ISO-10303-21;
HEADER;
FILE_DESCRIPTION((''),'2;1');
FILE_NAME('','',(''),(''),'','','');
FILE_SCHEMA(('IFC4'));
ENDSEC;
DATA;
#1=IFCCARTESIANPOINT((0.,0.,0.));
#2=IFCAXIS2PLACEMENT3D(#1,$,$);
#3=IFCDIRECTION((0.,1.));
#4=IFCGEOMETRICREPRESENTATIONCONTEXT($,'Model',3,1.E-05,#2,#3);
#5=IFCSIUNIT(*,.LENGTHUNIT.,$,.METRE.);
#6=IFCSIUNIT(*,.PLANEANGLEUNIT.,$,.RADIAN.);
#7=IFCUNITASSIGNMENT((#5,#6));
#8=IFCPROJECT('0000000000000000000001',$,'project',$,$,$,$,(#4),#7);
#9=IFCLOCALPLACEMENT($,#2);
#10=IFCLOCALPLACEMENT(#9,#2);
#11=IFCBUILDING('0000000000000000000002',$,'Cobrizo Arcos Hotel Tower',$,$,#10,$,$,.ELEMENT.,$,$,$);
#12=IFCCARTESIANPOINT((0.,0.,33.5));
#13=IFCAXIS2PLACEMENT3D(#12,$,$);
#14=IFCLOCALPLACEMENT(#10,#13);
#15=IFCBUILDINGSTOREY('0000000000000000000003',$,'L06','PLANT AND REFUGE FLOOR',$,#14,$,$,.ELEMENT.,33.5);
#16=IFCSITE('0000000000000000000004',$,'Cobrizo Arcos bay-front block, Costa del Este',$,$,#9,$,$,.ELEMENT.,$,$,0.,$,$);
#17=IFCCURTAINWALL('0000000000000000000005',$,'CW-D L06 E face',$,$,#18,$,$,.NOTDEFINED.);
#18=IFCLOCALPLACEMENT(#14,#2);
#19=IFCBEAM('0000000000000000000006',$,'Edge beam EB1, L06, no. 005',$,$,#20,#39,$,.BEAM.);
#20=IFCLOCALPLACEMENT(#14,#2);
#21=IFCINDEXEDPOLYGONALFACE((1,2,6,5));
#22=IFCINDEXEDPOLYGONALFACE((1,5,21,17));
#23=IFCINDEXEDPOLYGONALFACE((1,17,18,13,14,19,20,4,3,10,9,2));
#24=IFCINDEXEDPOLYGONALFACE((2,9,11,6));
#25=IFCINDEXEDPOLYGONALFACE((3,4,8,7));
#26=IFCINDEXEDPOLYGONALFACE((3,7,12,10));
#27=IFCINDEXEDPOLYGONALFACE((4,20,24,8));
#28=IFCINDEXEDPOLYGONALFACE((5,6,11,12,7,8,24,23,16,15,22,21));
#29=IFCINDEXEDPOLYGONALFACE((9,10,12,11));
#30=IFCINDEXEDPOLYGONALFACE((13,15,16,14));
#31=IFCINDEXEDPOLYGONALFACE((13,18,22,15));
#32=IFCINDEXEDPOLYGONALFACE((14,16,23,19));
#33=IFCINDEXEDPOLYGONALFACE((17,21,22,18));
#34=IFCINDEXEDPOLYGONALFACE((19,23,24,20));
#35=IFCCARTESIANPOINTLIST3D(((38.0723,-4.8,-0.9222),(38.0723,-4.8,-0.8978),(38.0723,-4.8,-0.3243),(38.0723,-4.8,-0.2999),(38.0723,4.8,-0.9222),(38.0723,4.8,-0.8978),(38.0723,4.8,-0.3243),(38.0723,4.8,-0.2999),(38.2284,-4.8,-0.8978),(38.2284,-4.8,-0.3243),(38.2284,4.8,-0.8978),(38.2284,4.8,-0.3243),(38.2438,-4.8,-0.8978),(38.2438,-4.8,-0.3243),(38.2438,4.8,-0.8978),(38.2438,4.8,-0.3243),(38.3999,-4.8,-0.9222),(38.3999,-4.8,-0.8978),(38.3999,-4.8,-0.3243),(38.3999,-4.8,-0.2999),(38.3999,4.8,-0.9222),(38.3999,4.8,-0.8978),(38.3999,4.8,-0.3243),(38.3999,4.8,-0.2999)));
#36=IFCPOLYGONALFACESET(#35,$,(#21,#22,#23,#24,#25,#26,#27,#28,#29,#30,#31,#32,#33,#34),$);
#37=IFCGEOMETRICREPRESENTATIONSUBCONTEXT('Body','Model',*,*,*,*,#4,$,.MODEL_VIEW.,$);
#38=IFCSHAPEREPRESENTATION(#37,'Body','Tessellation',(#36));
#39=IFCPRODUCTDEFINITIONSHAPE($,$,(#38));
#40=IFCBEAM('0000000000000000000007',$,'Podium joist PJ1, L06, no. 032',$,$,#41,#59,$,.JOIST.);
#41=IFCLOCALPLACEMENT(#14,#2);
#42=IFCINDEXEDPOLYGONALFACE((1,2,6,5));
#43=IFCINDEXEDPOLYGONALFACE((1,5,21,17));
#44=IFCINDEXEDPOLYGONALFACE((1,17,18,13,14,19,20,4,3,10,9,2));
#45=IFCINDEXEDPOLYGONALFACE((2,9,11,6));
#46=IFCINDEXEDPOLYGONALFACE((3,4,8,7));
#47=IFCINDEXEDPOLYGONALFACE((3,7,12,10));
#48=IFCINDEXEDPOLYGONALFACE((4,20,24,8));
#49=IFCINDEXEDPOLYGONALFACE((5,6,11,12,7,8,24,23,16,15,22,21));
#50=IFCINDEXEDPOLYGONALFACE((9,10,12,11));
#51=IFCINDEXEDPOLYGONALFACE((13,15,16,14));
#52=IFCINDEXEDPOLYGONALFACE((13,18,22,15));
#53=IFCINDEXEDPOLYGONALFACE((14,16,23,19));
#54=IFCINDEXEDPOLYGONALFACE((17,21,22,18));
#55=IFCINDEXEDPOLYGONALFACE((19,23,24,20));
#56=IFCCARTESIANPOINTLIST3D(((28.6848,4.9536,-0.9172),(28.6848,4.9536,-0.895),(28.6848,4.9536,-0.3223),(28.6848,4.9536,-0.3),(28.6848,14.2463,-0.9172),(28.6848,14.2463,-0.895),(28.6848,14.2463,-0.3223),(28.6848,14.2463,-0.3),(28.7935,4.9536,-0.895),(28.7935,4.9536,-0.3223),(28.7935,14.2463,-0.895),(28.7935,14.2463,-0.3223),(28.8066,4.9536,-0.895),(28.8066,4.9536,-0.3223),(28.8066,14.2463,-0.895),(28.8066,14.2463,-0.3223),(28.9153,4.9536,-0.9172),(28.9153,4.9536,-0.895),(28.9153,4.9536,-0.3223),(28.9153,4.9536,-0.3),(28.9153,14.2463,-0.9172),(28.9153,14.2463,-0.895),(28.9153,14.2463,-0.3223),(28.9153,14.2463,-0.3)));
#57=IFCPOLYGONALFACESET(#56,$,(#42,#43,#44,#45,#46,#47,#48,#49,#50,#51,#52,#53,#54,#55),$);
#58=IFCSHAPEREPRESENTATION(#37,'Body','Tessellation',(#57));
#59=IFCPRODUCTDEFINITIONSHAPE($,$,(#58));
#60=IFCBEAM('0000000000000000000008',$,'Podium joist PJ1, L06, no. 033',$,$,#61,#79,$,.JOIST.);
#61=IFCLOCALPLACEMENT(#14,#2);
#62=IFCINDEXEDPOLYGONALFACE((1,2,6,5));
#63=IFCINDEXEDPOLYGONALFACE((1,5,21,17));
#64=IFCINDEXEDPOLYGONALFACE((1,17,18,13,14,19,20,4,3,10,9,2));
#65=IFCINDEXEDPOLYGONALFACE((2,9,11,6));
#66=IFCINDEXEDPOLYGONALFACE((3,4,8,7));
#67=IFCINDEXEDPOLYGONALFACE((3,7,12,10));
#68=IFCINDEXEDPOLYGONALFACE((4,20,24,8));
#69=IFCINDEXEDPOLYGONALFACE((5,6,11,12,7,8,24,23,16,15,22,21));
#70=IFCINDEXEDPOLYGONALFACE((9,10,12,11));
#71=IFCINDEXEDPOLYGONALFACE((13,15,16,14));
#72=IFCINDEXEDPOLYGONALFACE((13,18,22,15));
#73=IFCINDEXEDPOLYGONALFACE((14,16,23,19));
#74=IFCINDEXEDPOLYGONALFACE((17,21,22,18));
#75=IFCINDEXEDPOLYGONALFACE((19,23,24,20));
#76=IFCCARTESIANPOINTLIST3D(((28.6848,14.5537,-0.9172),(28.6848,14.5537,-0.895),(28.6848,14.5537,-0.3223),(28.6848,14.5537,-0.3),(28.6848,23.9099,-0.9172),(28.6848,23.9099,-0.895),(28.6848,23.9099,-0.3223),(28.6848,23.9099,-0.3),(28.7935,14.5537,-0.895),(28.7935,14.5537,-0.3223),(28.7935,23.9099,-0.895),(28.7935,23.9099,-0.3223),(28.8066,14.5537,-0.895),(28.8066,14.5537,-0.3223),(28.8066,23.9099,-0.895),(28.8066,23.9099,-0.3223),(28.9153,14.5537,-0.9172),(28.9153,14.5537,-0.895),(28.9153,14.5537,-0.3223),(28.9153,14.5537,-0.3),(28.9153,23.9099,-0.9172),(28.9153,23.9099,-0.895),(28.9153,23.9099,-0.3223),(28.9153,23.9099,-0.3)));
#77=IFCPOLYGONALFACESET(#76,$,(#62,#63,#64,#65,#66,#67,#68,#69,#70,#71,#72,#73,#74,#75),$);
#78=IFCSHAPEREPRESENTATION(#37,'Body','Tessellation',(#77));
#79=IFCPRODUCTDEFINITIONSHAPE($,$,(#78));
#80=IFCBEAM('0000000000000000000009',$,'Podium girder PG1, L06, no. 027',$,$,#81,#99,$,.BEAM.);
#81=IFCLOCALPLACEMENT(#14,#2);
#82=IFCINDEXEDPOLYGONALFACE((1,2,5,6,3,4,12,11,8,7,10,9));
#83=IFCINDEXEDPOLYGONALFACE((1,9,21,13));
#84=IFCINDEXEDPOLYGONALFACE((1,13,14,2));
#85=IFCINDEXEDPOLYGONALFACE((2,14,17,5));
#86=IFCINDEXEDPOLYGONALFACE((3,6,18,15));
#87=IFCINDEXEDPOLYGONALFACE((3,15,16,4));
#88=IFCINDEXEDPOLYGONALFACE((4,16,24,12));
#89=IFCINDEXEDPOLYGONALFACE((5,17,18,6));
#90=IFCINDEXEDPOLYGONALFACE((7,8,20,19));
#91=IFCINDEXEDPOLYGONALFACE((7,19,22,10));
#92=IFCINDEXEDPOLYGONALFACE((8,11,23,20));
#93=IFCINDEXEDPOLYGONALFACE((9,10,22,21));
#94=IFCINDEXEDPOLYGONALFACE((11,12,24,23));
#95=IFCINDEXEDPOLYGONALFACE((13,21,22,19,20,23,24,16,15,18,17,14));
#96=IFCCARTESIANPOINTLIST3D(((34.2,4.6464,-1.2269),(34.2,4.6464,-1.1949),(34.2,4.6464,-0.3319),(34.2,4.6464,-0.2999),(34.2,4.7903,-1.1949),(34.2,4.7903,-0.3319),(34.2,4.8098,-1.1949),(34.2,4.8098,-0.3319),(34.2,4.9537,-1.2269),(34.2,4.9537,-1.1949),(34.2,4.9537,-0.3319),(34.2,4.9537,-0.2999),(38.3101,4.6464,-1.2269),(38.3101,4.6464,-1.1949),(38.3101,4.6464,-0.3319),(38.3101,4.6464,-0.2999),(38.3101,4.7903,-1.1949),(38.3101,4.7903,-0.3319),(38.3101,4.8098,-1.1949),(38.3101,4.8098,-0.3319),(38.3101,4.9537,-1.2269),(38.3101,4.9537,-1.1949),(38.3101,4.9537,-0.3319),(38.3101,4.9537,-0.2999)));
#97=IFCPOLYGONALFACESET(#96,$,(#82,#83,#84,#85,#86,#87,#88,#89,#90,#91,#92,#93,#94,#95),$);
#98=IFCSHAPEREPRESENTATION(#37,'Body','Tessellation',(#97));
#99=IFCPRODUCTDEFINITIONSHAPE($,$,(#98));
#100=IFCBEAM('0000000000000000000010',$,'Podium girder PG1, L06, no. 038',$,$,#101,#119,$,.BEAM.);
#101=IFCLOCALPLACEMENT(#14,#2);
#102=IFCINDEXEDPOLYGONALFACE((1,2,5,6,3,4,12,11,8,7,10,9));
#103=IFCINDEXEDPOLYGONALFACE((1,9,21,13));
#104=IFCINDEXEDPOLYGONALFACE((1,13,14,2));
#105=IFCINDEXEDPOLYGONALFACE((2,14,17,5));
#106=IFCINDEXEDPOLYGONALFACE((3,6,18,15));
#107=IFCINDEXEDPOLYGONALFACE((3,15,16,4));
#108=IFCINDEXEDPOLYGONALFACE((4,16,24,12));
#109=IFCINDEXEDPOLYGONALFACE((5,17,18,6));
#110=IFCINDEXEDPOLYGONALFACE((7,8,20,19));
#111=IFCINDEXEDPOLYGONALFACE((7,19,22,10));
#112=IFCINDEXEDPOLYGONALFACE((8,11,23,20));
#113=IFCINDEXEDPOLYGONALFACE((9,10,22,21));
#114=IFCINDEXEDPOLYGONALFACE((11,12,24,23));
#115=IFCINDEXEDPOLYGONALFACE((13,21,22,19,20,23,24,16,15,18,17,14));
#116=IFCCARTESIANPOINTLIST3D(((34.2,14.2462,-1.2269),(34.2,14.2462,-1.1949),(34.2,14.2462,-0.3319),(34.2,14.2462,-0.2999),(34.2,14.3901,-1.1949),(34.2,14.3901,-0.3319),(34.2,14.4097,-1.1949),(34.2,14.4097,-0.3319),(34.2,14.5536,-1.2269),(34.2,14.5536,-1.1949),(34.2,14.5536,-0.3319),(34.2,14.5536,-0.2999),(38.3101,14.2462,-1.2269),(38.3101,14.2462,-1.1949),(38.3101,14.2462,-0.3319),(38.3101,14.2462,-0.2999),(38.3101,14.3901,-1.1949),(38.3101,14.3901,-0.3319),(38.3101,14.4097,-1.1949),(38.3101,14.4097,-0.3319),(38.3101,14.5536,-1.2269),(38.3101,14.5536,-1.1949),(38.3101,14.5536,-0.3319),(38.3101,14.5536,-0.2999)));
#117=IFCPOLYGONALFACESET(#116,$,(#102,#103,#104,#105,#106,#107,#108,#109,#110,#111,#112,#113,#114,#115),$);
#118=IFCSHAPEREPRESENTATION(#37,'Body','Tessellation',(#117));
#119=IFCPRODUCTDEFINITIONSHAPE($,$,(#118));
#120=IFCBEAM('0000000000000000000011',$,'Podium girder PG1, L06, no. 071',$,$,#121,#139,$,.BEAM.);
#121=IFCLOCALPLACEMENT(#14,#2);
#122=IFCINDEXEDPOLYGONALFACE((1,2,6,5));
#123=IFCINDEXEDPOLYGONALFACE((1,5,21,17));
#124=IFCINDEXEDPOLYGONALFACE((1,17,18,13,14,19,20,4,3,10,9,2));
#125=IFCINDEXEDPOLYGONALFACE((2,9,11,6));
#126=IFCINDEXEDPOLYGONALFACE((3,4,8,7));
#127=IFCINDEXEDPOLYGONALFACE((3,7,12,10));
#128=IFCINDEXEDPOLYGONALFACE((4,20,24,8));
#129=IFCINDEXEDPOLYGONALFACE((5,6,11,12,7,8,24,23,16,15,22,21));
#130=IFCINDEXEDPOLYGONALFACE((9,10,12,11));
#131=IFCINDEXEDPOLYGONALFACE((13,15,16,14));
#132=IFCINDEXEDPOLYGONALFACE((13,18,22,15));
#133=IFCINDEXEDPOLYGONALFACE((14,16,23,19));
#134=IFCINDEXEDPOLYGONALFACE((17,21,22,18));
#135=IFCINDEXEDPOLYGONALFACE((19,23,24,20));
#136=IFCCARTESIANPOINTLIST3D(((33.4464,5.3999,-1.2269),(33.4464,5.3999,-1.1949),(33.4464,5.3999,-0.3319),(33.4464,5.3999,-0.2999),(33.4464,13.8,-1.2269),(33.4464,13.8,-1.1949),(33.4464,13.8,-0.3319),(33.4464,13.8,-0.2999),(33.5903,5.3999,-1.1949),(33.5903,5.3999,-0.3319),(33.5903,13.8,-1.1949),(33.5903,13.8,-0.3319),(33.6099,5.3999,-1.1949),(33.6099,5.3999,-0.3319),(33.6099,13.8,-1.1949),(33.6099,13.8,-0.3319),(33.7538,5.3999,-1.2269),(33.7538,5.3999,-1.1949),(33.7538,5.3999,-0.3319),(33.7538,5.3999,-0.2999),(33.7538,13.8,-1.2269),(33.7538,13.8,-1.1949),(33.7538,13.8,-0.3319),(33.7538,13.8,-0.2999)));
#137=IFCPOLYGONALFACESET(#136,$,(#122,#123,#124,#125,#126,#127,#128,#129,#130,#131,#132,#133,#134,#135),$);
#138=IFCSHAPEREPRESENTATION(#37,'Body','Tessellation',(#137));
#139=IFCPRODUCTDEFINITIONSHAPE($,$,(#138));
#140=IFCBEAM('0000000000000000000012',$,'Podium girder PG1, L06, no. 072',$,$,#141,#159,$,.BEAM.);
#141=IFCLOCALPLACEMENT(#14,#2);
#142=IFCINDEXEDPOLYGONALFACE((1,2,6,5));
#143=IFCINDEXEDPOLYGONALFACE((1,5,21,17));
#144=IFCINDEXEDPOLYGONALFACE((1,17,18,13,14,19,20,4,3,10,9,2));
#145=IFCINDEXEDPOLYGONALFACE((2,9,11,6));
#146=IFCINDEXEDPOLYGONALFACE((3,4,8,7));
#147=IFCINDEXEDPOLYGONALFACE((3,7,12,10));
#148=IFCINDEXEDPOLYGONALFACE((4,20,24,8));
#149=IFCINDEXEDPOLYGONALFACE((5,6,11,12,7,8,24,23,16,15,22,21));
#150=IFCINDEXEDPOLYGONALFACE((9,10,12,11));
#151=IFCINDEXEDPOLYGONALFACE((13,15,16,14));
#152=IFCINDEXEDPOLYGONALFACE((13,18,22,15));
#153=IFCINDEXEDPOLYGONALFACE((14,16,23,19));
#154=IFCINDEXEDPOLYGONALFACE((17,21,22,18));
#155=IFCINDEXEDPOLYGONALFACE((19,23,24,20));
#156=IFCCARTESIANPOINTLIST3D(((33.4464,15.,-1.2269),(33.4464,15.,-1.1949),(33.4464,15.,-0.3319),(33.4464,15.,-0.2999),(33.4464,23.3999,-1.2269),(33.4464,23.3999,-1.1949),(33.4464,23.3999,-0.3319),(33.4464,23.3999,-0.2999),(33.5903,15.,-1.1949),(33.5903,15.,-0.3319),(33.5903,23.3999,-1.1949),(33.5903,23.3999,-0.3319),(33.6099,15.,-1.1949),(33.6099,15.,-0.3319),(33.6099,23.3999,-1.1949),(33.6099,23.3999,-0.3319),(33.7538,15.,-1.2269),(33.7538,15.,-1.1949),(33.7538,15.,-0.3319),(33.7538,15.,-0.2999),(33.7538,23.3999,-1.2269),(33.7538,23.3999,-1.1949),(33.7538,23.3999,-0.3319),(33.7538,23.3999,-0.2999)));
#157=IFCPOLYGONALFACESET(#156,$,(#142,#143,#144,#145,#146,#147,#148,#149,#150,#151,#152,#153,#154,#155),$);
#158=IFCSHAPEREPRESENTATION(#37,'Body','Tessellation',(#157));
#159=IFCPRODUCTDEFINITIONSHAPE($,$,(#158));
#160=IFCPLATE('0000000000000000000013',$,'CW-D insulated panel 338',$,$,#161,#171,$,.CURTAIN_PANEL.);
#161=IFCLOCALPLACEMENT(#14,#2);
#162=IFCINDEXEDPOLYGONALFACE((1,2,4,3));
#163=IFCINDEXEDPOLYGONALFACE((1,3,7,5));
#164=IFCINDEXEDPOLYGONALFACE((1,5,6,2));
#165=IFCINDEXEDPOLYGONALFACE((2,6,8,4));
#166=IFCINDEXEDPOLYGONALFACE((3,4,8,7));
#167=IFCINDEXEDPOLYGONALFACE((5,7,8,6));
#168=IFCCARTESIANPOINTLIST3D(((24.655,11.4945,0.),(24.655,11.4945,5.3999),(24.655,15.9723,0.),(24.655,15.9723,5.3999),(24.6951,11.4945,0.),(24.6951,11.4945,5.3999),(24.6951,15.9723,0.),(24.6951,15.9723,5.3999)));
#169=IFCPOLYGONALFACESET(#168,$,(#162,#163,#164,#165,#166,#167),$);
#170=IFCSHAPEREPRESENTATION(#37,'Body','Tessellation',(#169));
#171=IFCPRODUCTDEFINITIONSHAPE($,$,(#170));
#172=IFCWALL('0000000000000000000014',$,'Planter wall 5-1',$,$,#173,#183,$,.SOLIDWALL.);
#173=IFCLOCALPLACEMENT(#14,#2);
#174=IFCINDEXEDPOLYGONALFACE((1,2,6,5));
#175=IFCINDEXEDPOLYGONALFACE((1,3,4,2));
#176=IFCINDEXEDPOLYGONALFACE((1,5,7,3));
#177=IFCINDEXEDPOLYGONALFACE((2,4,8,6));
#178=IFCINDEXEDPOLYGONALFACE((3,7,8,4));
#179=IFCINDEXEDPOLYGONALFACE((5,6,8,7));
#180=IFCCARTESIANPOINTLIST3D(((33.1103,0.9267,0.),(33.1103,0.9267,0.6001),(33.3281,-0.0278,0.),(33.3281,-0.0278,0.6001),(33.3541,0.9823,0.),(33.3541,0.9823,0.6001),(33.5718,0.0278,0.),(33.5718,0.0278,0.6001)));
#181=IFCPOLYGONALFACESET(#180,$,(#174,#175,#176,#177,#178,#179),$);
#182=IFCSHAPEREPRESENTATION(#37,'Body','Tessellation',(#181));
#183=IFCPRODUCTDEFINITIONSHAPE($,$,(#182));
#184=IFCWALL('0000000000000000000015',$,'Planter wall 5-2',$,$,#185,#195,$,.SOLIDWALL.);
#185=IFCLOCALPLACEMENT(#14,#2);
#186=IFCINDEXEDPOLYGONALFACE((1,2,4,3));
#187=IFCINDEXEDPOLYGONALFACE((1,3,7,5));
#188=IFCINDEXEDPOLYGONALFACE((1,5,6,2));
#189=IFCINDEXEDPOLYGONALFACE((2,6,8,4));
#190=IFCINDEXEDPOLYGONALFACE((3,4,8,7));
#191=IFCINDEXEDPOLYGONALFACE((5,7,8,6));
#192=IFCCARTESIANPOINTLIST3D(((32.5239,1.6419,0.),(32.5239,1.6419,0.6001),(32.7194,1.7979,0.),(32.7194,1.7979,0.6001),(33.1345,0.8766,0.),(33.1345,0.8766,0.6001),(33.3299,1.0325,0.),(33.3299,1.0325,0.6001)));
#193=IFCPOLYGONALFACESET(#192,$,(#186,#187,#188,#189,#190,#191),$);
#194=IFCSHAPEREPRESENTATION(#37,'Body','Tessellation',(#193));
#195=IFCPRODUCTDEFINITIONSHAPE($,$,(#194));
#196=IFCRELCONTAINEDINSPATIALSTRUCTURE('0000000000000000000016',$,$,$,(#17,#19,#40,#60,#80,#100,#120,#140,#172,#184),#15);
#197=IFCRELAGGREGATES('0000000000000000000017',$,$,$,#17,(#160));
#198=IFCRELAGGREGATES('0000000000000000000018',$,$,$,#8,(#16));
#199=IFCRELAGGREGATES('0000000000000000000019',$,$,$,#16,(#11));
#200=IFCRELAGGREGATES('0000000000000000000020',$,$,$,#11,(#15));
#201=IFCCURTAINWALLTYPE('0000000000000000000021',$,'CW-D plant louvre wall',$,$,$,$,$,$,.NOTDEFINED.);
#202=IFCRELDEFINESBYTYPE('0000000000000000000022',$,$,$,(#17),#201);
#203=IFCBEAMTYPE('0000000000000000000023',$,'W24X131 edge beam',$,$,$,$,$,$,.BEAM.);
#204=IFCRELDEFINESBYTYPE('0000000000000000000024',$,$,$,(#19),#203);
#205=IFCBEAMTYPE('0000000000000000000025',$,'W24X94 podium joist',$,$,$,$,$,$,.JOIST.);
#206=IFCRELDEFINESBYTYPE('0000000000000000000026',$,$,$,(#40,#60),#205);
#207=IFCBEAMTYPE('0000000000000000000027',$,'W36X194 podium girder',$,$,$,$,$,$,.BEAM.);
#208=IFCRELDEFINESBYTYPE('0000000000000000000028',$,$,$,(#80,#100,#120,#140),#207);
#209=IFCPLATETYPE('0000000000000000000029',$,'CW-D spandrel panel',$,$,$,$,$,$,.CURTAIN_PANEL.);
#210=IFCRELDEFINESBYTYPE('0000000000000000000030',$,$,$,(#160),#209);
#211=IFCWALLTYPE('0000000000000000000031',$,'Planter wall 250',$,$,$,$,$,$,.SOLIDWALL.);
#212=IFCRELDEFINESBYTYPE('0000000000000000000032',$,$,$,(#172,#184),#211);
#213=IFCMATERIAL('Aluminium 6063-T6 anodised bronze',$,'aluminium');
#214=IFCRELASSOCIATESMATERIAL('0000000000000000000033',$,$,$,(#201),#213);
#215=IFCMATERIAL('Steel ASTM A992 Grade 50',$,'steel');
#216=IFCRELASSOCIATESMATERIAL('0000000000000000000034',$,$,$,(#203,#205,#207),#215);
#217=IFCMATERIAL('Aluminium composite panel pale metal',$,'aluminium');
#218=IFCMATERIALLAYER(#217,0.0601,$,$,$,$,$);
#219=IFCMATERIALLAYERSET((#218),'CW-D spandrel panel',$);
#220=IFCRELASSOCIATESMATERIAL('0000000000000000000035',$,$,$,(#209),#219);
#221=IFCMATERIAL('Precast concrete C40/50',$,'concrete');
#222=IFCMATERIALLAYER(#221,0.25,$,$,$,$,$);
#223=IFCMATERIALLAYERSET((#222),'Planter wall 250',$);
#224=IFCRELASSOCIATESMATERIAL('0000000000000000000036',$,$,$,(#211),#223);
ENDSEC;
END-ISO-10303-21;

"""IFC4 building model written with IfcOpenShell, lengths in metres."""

from ifc_helpers import new_model, si_unit, direction, frame, frame_2d, origin, origin_2d, place, context, subcontext, project, spatial, rectangle, i_section, extrude, material, layer, layer_set, material_profile, profile_set, type_object, element, aggregate, save


model = new_model("IFC4")

# Units and contexts
model_context = context("Model", 3, precision=1e-05, world=origin(), true_north=direction((0.0, 1.0)))
body_context = subcontext(model_context, "Body", "Model", "MODEL_VIEW")
ifc_project = project(units=[si_unit("LENGTHUNIT", "METRE"), si_unit("PLANEANGLEUNIT", "RADIAN")], contexts=[model_context])

# Site, building, storey
site_placement = place(None, origin())
site = spatial("IfcSite", under=ifc_project, at=site_placement, Name="Cobrizo Arcos bay-front block, Costa del Este", CompositionType="ELEMENT", RefElevation=0.0)
building_placement = place(site_placement, origin())
building = spatial("IfcBuilding", under=site, at=building_placement, Name="Cobrizo Arcos Hotel Tower", CompositionType="ELEMENT")
storey_placement = place(building_placement, frame((0.0, 0.0, 33.5)))
storey = spatial("IfcBuildingStorey", under=building, at=storey_placement, Name="L06", Description="PLANT AND REFUGE FLOOR", CompositionType="ELEMENT", Elevation=33.5)

# Curtain wall
ifc_material_1 = material(Name="Aluminium 6063-T6 anodised bronze", Category="aluminium")
curtain_wall_type = type_object("IfcCurtainWallType", Name="CW-D plant louvre wall", PredefinedType="NOTDEFINED", material=ifc_material_1)
curtain_wall_placement = place(storey_placement, origin())
curtain_wall = element("IfcCurtainWall", 1, at=curtain_wall_placement, inside=storey, type_object=curtain_wall_type, Name="CW-D L06 E face", PredefinedType="NOTDEFINED")

# Beams
ifc_material_2 = material(Name="Steel ASTM A992 Grade 50", Category="steel")
ifc_material_profile_1 = material_profile(ifc_material_2, i_section(OverallWidth=0.3276, OverallDepth=0.6223, WebThickness=0.0154, FlangeThickness=0.0244, at=origin_2d()), Name="W24X131")
ifc_profile_set_1 = profile_set([ifc_material_profile_1], Name="Steel ASTM A992 Grade 50")
beam_type_1 = type_object("IfcBeamType", Name="W24X131 edge beam", PredefinedType="BEAM", material=ifc_profile_set_1)
beam_1_placement = place(storey_placement, frame((38.2361, 4.8, -0.6111), z_axis=(0.0, -1.0, 0.0), x_axis=(1.0, 0.0, 0.0)))
element("IfcBeam", 2, at=beam_1_placement, inside=storey, type_object=beam_type_1, Name="Edge beam EB1, L06, no. 005", PredefinedType="BEAM", context=body_context, shape_type="SweptSolid", body=[
    extrude(i_section(OverallWidth=0.3276, OverallDepth=0.6223, WebThickness=0.0154, FlangeThickness=0.0244, at=origin_2d()), origin(), (0.0, 0.0, 1.0), 9.6001),
])
ifc_material_profile_2 = material_profile(ifc_material_2, i_section(OverallWidth=0.2305, OverallDepth=0.6172, WebThickness=0.0132, FlangeThickness=0.0222, at=origin_2d()), Name="W24X94")
ifc_profile_set_2 = profile_set([ifc_material_profile_2], Name="Steel ASTM A992 Grade 50")
beam_type_2 = type_object("IfcBeamType", Name="W24X94 podium joist", PredefinedType="JOIST", material=ifc_profile_set_2)
beam_2_placement = place(storey_placement, frame((28.8, 4.9536, -0.6086), z_axis=(0.0, 1.0, 0.0), x_axis=(-1.0, 0.0, 0.0)))
element("IfcBeam", 3, at=beam_2_placement, inside=storey, type_object=beam_type_2, Name="Podium joist PJ1, L06, no. 032", PredefinedType="JOIST", context=body_context, shape_type="SweptSolid", body=[
    extrude(i_section(OverallWidth=0.2305, OverallDepth=0.6172, WebThickness=0.0132, FlangeThickness=0.0222, at=origin_2d()), origin(), (0.0, 0.0, 1.0), 9.2927),
])
beam_3_placement = place(storey_placement, frame((28.8, 14.5537, -0.6086), z_axis=(0.0, 1.0, 0.0), x_axis=(-1.0, 0.0, 0.0)))
element("IfcBeam", 4, at=beam_3_placement, inside=storey, type_object=beam_type_2, Name="Podium joist PJ1, L06, no. 033", PredefinedType="JOIST", context=body_context, shape_type="SweptSolid", body=[
    extrude(i_section(OverallWidth=0.2305, OverallDepth=0.6172, WebThickness=0.0132, FlangeThickness=0.0222, at=origin_2d()), origin(), (0.0, 0.0, 1.0), 9.3562),
])
ifc_material_profile_3 = material_profile(ifc_material_2, i_section(OverallWidth=0.3074, OverallDepth=0.927, WebThickness=0.0195, FlangeThickness=0.032, at=origin_2d()), Name="W36X194")
ifc_profile_set_3 = profile_set([ifc_material_profile_3], Name="Steel ASTM A992 Grade 50")
beam_type_3 = type_object("IfcBeamType", Name="W36X194 podium girder", PredefinedType="BEAM", material=ifc_profile_set_3)
for number, where, z_axis, x_axis, name in (
    (5, (34.2, 4.8, -0.7634), (1.0, 0.0, 0.0), (0.0, 1.0, 0.0), "Podium girder PG1, L06, no. 027"),
    (6, (34.2, 14.3999, -0.7634), (1.0, 0.0, 0.0), (0.0, 1.0, 0.0), "Podium girder PG1, L06, no. 038"),
):
    element("IfcBeam", number, at=place(storey_placement, frame(where, z_axis=z_axis, x_axis=x_axis)), inside=storey, type_object=beam_type_3, Name=name, PredefinedType="BEAM", context=body_context, shape_type="SweptSolid", body=[
        extrude(i_section(OverallWidth=0.3074, OverallDepth=0.927, WebThickness=0.0195, FlangeThickness=0.032, at=origin_2d()), origin(), (0.0, 0.0, 1.0), 4.1101),
    ])
beam_4_placement = place(storey_placement, frame((33.6001, 5.3999, -0.7634), z_axis=(0.0, 1.0, 0.0), x_axis=(-1.0, 0.0, 0.0)))
element("IfcBeam", 7, at=beam_4_placement, inside=storey, type_object=beam_type_3, Name="Podium girder PG1, L06, no. 071", PredefinedType="BEAM", context=body_context, shape_type="SweptSolid", body=[
    extrude(i_section(OverallWidth=0.3074, OverallDepth=0.927, WebThickness=0.0195, FlangeThickness=0.032, at=origin_2d()), origin(), (0.0, 0.0, 1.0), 8.4001),
])
beam_5_placement = place(storey_placement, frame((33.6001, 15.0, -0.7634), z_axis=(0.0, 1.0, 0.0), x_axis=(-1.0, 0.0, 0.0)))
element("IfcBeam", 8, at=beam_5_placement, inside=storey, type_object=beam_type_3, Name="Podium girder PG1, L06, no. 072", PredefinedType="BEAM", context=body_context, shape_type="SweptSolid", body=[
    extrude(i_section(OverallWidth=0.3074, OverallDepth=0.927, WebThickness=0.0195, FlangeThickness=0.032, at=origin_2d()), origin(), (0.0, 0.0, 1.0), 8.3999),
])

# Plate
ifc_material_3 = material(Name="Aluminium composite panel pale metal", Category="aluminium")
ifc_layer_1 = layer(ifc_material_3, 0.0601)
ifc_layer_set_1 = layer_set([ifc_layer_1], Name="CW-D spandrel panel")
plate_type = type_object("IfcPlateType", Name="CW-D spandrel panel", PredefinedType="CURTAIN_PANEL", material=ifc_layer_set_1)
plate_placement = place(storey_placement, frame((24.675, 13.7334, 0.0), z_axis=(0.0, 0.0, 1.0), x_axis=(0.0, 1.0, 0.0)))
plate = element("IfcPlate", 9, at=plate_placement, type_object=plate_type, Name="CW-D insulated panel 338", PredefinedType="CURTAIN_PANEL", context=body_context, shape_type="SweptSolid", body=[
    extrude(rectangle(XDim=4.4778, YDim=0.04, at=origin_2d()), origin(), (0.0, 0.0, 1.0), 5.3999),
])
aggregate(curtain_wall, [plate])

# Walls
ifc_material_4 = material(Name="Precast concrete C40/50", Category="concrete")
ifc_layer_2 = layer(ifc_material_4, 0.25)
ifc_layer_set_2 = layer_set([ifc_layer_2], Name="Planter wall 250")
wall_type = type_object("IfcWallType", Name="Planter wall 250", PredefinedType="SOLIDWALL", material=ifc_layer_set_2)
for number, where, z_axis, x_axis, name in (
    (10, (33.45, 0.0, 0.0), (0.0, 0.0, 1.0), (-0.222419, 0.974951, 0.0), "Planter wall 5-1"),
    (11, (33.2322, 0.9546, 0.0), (0.0, 0.0, 1.0), (-0.62363, 0.78172, 0.0), "Planter wall 5-2"),
):
    element("IfcWall", number, at=place(storey_placement, frame(where, z_axis=z_axis, x_axis=x_axis)), inside=storey, type_object=wall_type, Name=name, PredefinedType="SOLIDWALL", context=body_context, shape_type="SweptSolid", body=[
        extrude(rectangle(XDim=0.979, YDim=0.25, at=frame_2d((0.4895, 0.0))), origin(), (0.0, 0.0, 1.0), 0.6001),
    ])

save(model, "model.ifc")
